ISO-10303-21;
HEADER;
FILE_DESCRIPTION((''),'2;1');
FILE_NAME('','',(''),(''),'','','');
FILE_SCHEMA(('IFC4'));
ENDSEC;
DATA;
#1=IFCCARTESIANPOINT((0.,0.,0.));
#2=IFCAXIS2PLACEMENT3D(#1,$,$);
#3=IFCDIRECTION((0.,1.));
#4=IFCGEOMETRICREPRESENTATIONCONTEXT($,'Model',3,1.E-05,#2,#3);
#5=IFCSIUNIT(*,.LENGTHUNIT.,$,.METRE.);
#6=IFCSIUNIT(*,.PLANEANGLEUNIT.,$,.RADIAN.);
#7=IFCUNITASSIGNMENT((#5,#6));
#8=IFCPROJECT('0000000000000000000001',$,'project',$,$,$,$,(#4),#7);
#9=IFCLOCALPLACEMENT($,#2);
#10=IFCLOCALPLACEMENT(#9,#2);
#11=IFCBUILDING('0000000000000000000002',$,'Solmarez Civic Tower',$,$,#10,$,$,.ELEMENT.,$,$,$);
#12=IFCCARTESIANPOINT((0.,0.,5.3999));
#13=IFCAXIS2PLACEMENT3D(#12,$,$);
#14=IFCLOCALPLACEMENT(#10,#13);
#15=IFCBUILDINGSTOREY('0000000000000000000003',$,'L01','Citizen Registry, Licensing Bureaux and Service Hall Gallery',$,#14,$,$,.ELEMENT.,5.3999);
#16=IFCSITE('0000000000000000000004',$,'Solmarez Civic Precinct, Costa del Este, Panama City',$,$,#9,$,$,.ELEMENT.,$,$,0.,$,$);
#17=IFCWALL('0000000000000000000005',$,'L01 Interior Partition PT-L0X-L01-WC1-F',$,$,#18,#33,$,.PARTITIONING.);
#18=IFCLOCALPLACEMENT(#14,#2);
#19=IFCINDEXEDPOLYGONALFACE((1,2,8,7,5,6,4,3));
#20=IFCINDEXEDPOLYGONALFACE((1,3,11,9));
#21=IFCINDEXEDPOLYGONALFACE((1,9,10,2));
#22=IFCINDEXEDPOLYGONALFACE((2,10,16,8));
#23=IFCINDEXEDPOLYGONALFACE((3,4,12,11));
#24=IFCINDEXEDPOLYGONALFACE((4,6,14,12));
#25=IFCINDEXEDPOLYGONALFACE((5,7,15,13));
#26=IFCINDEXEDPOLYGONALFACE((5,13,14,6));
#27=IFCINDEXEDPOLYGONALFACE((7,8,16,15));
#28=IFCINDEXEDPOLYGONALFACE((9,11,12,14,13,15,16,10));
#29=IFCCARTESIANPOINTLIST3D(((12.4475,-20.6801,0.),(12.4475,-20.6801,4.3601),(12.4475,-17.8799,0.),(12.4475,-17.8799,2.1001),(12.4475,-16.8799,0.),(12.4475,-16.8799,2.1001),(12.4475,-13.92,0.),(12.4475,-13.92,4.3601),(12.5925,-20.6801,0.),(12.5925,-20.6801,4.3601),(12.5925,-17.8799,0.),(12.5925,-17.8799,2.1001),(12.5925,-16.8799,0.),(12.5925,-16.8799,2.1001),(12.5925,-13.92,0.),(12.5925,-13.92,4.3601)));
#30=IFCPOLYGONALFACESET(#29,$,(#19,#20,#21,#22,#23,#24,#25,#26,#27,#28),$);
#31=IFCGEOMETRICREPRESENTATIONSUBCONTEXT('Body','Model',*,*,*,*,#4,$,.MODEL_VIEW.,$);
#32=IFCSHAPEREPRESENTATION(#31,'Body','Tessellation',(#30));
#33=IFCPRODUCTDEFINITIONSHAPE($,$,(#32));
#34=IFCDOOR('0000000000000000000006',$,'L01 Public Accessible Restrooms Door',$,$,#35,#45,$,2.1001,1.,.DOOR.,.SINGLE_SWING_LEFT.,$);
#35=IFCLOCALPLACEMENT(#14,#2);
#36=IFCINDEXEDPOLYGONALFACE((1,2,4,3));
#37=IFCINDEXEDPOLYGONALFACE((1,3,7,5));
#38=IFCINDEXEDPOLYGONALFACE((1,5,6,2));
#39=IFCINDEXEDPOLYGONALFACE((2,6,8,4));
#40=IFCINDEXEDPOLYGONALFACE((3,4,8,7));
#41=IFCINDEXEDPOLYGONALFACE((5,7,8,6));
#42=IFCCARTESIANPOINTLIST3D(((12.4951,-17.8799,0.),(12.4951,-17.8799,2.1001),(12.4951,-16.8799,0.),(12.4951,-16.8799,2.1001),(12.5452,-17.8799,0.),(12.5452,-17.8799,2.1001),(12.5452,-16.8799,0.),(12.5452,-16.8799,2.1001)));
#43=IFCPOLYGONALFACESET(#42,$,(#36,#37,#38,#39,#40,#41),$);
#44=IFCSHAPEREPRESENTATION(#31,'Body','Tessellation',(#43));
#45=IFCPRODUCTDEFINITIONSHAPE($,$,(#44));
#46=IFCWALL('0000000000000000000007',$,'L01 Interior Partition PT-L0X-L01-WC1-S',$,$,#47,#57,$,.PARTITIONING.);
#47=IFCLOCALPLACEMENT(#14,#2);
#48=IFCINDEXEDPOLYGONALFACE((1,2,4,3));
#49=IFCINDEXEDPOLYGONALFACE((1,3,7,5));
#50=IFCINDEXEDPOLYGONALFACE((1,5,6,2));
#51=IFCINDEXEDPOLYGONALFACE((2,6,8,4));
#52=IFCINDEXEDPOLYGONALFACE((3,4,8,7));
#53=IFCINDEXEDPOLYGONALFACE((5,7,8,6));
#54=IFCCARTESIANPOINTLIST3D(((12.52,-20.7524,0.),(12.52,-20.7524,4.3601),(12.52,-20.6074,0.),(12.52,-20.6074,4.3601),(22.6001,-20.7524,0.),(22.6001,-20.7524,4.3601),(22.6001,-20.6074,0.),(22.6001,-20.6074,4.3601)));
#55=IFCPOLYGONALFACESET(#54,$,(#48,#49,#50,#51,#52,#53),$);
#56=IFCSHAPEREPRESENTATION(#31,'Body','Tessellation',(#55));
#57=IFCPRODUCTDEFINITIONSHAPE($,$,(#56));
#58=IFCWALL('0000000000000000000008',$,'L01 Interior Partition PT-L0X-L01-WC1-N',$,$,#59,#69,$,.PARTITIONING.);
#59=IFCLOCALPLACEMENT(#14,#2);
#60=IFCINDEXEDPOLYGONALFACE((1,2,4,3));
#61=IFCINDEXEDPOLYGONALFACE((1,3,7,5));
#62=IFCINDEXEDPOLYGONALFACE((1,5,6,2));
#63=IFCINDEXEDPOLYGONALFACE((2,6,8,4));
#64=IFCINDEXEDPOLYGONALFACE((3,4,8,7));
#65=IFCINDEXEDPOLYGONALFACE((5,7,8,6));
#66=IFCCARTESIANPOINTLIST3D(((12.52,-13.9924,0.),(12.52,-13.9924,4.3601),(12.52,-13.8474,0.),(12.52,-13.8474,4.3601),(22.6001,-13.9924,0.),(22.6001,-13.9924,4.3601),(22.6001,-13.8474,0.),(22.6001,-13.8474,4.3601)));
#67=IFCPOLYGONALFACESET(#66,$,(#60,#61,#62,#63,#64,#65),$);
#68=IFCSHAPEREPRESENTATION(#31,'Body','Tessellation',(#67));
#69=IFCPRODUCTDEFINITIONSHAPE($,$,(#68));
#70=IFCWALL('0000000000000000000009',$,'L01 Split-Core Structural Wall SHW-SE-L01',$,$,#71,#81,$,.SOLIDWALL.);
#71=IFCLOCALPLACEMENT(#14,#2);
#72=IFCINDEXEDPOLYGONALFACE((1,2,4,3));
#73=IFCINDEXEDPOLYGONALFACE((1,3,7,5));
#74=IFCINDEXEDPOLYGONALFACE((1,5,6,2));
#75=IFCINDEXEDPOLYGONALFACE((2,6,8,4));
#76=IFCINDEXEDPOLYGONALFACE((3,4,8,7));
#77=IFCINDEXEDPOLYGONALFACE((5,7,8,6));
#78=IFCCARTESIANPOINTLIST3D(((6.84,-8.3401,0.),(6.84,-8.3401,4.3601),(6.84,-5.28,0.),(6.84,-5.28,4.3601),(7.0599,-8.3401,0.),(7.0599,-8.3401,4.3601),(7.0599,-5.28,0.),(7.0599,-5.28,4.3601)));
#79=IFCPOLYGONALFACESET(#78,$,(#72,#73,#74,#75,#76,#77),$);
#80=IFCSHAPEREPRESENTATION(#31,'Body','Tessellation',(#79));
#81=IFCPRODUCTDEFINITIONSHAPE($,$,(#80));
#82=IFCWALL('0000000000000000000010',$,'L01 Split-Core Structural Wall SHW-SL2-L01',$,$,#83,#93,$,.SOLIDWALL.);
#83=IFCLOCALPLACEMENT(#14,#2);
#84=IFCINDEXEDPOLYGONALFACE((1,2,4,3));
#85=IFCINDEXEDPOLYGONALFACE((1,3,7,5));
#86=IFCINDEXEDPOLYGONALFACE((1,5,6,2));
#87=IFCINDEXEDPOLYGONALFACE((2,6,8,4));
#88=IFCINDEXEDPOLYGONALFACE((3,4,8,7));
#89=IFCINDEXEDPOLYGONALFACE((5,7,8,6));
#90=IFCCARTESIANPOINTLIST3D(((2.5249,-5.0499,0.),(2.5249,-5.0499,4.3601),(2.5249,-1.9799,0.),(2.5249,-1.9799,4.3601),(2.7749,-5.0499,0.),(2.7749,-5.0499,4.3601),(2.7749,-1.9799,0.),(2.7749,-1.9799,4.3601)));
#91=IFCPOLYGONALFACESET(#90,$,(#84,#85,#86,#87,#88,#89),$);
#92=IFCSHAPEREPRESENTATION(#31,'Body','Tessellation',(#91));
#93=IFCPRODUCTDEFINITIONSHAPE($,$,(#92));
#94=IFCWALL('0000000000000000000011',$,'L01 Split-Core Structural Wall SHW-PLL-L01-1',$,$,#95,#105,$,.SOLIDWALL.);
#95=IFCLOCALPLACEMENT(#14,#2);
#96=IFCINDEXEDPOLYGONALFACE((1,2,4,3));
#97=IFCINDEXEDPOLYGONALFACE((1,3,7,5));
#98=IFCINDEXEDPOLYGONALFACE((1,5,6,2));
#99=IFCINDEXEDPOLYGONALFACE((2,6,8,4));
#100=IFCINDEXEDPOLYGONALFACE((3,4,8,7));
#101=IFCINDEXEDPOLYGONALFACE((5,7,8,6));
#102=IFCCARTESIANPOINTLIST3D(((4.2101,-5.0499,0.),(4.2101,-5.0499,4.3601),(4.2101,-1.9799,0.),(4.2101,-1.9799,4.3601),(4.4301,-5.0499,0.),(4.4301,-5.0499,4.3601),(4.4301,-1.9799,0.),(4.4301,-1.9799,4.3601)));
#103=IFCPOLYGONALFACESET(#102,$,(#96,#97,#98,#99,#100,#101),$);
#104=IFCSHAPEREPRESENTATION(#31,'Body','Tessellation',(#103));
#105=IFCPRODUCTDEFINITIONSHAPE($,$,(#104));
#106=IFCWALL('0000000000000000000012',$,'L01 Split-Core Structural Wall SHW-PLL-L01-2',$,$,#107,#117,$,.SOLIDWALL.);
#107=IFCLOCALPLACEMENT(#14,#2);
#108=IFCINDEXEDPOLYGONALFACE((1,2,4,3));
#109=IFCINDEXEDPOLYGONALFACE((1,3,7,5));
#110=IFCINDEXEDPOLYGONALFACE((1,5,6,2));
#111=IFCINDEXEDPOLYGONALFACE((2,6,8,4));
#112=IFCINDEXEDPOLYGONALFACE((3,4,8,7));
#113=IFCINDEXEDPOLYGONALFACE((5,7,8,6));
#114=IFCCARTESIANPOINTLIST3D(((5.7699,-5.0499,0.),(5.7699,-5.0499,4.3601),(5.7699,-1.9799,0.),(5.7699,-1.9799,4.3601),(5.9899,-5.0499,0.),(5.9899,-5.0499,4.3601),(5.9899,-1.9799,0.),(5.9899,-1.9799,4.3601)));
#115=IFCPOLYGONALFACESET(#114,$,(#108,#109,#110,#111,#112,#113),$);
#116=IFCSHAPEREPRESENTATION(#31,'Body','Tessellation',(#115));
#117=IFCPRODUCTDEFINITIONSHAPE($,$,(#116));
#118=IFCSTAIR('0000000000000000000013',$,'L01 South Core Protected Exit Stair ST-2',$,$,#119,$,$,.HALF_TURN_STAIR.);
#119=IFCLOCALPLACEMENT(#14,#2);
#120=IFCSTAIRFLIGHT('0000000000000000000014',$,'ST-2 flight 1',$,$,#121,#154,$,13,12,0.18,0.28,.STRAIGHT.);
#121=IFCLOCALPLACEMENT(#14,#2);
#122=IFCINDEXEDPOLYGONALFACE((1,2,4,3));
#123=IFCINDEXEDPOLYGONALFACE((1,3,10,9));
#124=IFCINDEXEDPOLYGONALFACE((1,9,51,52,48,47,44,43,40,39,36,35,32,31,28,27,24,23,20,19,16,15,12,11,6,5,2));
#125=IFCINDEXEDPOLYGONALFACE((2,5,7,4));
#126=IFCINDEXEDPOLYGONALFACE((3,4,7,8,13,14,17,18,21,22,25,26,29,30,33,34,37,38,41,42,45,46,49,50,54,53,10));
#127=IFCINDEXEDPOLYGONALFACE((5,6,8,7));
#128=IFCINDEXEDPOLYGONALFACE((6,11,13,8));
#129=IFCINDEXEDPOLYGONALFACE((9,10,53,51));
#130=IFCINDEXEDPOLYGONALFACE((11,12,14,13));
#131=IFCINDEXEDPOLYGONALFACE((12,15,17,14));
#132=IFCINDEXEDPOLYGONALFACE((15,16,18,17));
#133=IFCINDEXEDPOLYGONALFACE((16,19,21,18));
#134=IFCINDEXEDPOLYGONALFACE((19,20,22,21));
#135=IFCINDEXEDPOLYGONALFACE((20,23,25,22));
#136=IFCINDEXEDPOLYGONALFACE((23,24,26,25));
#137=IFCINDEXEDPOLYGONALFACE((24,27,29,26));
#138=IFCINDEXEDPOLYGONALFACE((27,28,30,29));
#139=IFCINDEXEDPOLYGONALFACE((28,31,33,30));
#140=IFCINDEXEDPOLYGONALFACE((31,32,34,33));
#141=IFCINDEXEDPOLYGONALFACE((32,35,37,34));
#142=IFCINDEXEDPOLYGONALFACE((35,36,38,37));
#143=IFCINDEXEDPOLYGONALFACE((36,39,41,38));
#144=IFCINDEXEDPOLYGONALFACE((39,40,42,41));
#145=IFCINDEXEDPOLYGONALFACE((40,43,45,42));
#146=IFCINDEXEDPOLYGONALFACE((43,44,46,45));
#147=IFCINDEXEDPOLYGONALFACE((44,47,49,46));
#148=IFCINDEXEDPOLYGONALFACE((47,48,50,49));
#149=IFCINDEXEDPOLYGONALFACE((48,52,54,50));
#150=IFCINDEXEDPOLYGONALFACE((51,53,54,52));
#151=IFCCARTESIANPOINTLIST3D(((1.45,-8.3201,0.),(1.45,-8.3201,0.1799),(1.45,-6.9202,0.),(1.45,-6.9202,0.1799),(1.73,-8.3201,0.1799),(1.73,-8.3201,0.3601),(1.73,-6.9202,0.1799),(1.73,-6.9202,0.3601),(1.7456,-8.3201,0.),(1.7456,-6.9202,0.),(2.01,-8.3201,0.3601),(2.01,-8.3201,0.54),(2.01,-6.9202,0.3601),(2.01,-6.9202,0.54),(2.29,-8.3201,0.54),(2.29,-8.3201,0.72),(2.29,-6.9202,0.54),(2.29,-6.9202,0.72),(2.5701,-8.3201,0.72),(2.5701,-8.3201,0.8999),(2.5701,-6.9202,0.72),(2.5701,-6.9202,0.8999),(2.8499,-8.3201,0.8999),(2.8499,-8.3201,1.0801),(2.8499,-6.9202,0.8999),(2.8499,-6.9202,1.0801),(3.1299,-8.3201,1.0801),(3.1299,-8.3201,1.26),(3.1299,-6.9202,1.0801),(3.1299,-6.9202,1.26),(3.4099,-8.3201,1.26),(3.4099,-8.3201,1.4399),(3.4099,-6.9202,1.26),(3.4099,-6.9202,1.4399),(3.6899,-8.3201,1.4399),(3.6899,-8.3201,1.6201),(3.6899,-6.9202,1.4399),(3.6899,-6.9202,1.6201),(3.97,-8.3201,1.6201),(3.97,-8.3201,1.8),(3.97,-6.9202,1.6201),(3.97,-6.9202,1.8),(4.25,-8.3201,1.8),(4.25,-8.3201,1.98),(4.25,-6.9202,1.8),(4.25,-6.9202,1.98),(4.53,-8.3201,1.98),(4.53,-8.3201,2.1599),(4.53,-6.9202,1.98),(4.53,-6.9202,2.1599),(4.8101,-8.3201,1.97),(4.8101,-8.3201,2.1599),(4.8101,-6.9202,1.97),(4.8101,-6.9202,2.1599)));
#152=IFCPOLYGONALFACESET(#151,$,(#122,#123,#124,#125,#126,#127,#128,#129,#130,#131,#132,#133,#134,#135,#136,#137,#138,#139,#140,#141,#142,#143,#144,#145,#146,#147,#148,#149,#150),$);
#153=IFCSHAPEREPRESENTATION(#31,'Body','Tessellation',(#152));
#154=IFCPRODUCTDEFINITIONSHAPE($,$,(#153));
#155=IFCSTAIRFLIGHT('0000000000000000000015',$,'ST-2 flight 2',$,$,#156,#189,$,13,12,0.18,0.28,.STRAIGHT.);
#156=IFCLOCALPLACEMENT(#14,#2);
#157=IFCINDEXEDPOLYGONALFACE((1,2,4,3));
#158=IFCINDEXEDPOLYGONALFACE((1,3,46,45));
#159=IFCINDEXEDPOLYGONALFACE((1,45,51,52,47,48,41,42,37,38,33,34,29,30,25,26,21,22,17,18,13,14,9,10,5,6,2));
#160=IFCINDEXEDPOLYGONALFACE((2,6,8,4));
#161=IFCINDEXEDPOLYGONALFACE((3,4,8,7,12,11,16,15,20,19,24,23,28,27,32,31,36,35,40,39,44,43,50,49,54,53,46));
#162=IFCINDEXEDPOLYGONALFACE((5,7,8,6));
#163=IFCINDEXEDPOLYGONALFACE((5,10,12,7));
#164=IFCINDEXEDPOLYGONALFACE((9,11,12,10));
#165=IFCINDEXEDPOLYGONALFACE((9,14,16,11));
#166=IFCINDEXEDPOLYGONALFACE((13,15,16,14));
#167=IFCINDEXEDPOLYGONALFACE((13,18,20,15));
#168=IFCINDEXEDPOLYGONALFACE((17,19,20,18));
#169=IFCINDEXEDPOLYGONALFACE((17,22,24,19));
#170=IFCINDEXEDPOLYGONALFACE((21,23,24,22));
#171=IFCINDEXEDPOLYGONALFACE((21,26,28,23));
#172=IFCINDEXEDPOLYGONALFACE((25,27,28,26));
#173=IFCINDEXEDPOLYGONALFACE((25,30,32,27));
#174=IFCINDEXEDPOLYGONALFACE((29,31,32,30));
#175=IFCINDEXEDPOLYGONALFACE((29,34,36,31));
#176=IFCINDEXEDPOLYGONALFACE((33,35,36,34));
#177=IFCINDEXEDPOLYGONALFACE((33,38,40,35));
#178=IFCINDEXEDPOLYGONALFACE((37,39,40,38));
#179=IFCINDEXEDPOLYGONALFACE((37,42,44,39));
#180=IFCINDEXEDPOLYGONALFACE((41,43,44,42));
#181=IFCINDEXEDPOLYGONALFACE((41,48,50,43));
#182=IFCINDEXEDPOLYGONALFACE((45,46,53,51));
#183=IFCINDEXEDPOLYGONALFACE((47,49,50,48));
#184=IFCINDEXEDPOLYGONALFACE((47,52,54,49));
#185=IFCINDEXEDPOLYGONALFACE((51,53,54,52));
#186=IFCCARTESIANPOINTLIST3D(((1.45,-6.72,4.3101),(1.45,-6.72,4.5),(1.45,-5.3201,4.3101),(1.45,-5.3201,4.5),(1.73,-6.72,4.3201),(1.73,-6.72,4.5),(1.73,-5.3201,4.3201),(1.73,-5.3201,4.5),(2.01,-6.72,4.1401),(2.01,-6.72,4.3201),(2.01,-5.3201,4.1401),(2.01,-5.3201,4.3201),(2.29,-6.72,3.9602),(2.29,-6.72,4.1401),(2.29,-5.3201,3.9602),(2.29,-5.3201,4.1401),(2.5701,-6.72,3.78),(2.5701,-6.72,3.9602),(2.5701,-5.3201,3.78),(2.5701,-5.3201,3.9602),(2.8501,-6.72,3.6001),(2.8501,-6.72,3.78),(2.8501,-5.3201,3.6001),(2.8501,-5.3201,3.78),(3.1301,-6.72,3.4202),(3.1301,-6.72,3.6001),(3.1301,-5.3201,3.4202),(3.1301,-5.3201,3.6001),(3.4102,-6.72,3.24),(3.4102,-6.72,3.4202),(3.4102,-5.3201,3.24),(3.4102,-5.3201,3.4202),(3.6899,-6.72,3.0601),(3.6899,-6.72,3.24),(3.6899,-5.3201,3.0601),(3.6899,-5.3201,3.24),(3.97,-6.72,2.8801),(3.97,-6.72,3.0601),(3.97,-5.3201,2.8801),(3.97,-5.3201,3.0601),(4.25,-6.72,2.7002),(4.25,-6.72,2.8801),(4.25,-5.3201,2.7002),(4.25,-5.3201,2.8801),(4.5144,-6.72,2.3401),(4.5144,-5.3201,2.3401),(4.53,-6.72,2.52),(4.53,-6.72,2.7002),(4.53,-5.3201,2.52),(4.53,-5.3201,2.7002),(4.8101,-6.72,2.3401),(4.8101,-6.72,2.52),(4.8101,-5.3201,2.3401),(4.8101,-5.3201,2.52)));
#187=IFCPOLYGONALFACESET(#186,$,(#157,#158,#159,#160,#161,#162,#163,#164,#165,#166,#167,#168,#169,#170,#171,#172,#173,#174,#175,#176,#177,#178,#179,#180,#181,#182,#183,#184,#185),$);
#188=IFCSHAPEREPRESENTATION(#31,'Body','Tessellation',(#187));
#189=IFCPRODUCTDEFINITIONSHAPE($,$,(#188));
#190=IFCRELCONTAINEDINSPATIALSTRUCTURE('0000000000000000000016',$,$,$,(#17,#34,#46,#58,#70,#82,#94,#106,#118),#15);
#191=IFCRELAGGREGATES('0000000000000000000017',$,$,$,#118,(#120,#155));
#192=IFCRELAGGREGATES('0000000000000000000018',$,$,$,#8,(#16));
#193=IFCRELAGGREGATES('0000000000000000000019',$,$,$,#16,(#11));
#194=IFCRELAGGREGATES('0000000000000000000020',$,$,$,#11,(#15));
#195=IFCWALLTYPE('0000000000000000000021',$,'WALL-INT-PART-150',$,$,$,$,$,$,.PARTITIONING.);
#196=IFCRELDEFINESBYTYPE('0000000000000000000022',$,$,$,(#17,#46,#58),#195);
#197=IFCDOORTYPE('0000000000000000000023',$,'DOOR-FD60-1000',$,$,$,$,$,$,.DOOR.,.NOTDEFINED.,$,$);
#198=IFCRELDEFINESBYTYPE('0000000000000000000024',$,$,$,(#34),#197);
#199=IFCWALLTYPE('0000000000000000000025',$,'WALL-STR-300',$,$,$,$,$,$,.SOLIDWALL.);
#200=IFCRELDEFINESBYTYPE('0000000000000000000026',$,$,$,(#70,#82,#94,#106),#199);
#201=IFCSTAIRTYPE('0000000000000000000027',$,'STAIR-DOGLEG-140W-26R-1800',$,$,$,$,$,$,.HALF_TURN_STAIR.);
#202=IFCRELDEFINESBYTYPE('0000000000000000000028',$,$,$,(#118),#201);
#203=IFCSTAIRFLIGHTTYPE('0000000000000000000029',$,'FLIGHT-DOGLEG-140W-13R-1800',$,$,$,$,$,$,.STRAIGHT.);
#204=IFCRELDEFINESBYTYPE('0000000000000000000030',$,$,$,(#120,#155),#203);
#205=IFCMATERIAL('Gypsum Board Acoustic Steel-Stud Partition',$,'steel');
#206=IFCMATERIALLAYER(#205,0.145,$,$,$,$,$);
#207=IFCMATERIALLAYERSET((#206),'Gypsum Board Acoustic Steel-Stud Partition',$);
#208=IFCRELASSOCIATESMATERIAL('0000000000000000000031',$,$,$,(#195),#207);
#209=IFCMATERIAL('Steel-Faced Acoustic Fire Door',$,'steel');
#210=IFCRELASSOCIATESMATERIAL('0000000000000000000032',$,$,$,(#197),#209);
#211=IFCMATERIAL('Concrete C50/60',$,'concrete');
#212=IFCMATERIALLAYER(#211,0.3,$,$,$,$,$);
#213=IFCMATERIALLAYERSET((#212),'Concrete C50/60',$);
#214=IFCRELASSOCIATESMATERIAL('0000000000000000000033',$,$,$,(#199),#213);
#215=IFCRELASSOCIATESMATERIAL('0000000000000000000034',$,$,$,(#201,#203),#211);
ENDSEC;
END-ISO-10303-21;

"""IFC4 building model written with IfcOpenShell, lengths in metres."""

from ifc_helpers import new_model, si_unit, direction, frame, frame_2d, origin, place, context, subcontext, project, spatial, polyline, rectangle, outline, extrude, material, layer, layer_set, type_object, element, fill, aggregate, save


model = new_model("IFC4")

# Units and contexts
model_context = context("Model", 3, precision=1e-05, world=origin(), true_north=direction((0.0, 1.0)))
body_context = subcontext(model_context, "Body", "Model", "MODEL_VIEW")
ifc_project = project(units=[si_unit("LENGTHUNIT", "METRE"), si_unit("PLANEANGLEUNIT", "RADIAN")], contexts=[model_context])

# Site, building, storey
site_placement = place(None, origin())
site = spatial("IfcSite", under=ifc_project, at=site_placement, Name="Solmarez Civic Precinct, Costa del Este, Panama City", CompositionType="ELEMENT", RefElevation=0.0)
building_placement = place(site_placement, origin())
building = spatial("IfcBuilding", under=site, at=building_placement, Name="Solmarez Civic Tower", CompositionType="ELEMENT")
storey_placement = place(building_placement, frame((0.0, 0.0, 5.3999)))
storey = spatial("IfcBuildingStorey", under=building, at=storey_placement, Name="L01", Description="Citizen Registry, Licensing Bureaux and Service Hall Gallery", CompositionType="ELEMENT", Elevation=5.3999)

# Shared definitions
ifc_material_1 = material(Name="Concrete C50/60", Category="concrete")

# Shared definitions
ifc_material_2 = material(Name="Gypsum Board Acoustic Steel-Stud Partition", Category="steel")

# Shared definitions
ifc_layer_1 = layer(ifc_material_2, 0.145)
ifc_layer_set_1 = layer_set([ifc_layer_1], Name="Gypsum Board Acoustic Steel-Stud Partition")
wall_type_1 = type_object("IfcWallType", Name="WALL-INT-PART-150", PredefinedType="PARTITIONING", material=ifc_layer_set_1)
ifc_material_3 = material(Name="Steel-Faced Acoustic Fire Door", Category="steel")
door_type = type_object("IfcDoorType", Name="DOOR-FD60-1000", OperationType="NOTDEFINED", PredefinedType="DOOR", material=ifc_material_3)

# Wall, opening, door
wall_1_placement = place(storey_placement, frame((12.52, -20.6799, 0.0), z_axis=(0.0, 0.0, 1.0), x_axis=(0.0, 1.0, 0.0)))
wall_1 = element("IfcWall", 1, at=wall_1_placement, inside=storey, type_object=wall_type_1, Name="L01 Interior Partition PT-L0X-L01-WC1-F", PredefinedType="PARTITIONING", context=body_context, shape_type="SweptSolid", body=[
    extrude(rectangle(XDim=6.76, YDim=0.145, at=frame_2d((3.3799, 0.0))), origin(), (0.0, 0.0, 1.0), 4.3601),
])
opening_1_placement = place(wall_1_placement, frame((2.8, 0.0, 0.0)))
opening_1 = element("IfcOpeningElement", 2, at=opening_1_placement, cuts=wall_1, PredefinedType="OPENING", context=body_context, shape_type="SweptSolid", body=[
    extrude(rectangle(XDim=1.0, YDim=2.1001, at=frame_2d((0.5, 1.05))), frame((0.0, 0.0825, 0.0), z_axis=(0.0, -1.0, 0.0), x_axis=(1.0, 0.0, 0.0)), (0.0, 0.0, 1.0), 0.165),
])
door_1_placement = place(opening_1_placement, origin())
door_1 = element("IfcDoor", 3, at=door_1_placement, inside=storey, type_object=door_type, Name="L01 Public Accessible Restrooms Door", OperationType="SINGLE_SWING_LEFT", OverallHeight=2.1001, OverallWidth=1.0, PredefinedType="DOOR", context=body_context, shape_type="SweptSolid", body=[
    extrude(rectangle(XDim=1.0, YDim=2.1001, at=frame_2d((0.5, 1.05))), frame((0.0, 0.0249, 0.0), z_axis=(0.0, -1.0, 0.0), x_axis=(1.0, 0.0, 0.0)), (0.0, 0.0, 1.0), 0.05),
])
fill(opening_1, door_1)

# Walls
for number, where, z_axis, x_axis, name in (
    (4, (12.52, -20.6799, 0.0), (0.0, 0.0, 1.0), (1.0, 0.0, 0.0), "L01 Interior Partition PT-L0X-L01-WC1-S"),
    (5, (12.52, -13.9199, 0.0), (0.0, 0.0, 1.0), (1.0, 0.0, 0.0), "L01 Interior Partition PT-L0X-L01-WC1-N"),
):
    element("IfcWall", number, at=place(storey_placement, frame(where, z_axis=z_axis, x_axis=x_axis)), inside=storey, type_object=wall_type_1, Name=name, PredefinedType="PARTITIONING", context=body_context, shape_type="SweptSolid", body=[
        extrude(rectangle(XDim=10.0801, YDim=0.145, at=frame_2d((5.04, 0.0))), origin(), (0.0, 0.0, 1.0), 4.3601),
    ])
ifc_layer_2 = layer(ifc_material_1, 0.3)
ifc_layer_set_2 = layer_set([ifc_layer_2], Name="Concrete C50/60")
wall_type_2 = type_object("IfcWallType", Name="WALL-STR-300", PredefinedType="SOLIDWALL", material=ifc_layer_set_2)
wall_2_placement = place(storey_placement, frame((6.95, -8.3401, 0.0), z_axis=(0.0, 0.0, 1.0), x_axis=(0.0, 1.0, 0.0)))
element("IfcWall", 6, at=wall_2_placement, inside=storey, type_object=wall_type_2, Name="L01 Split-Core Structural Wall SHW-SE-L01", PredefinedType="SOLIDWALL", context=body_context, shape_type="SweptSolid", body=[
    extrude(rectangle(XDim=3.0601, YDim=0.22, at=frame_2d((1.53, 0.0))), origin(), (0.0, 0.0, 1.0), 4.3601),
])
wall_3_placement = place(storey_placement, frame((2.6499, -5.05, 0.0), z_axis=(0.0, 0.0, 1.0), x_axis=(0.0, 1.0, 0.0)))
element("IfcWall", 7, at=wall_3_placement, inside=storey, type_object=wall_type_2, Name="L01 Split-Core Structural Wall SHW-SL2-L01", PredefinedType="SOLIDWALL", context=body_context, shape_type="SweptSolid", body=[
    extrude(rectangle(XDim=3.0701, YDim=0.25, at=frame_2d((1.5352, 0.0))), origin(), (0.0, 0.0, 1.0), 4.3601),
])
for number, where, z_axis, x_axis, name in (
    (8, (4.3201, -5.05, 0.0), (0.0, 0.0, 1.0), (0.0, 1.0, 0.0), "L01 Split-Core Structural Wall SHW-PLL-L01-1"),
    (9, (5.8799, -5.05, 0.0), (0.0, 0.0, 1.0), (0.0, 1.0, 0.0), "L01 Split-Core Structural Wall SHW-PLL-L01-2"),
):
    element("IfcWall", number, at=place(storey_placement, frame(where, z_axis=z_axis, x_axis=x_axis)), inside=storey, type_object=wall_type_2, Name=name, PredefinedType="SOLIDWALL", context=body_context, shape_type="SweptSolid", body=[
        extrude(rectangle(XDim=3.0701, YDim=0.22, at=frame_2d((1.5352, 0.0))), origin(), (0.0, 0.0, 1.0), 4.3601),
    ])

# Stair, stair flights
stair_type = type_object("IfcStairType", Name="STAIR-DOGLEG-140W-26R-1800", PredefinedType="HALF_TURN_STAIR", material=ifc_material_1)
stair_placement = place(storey_placement, origin())
stair = element("IfcStair", 10, at=stair_placement, inside=storey, type_object=stair_type, Name="L01 South Core Protected Exit Stair ST-2", PredefinedType="HALF_TURN_STAIR")
stair_flight_type = type_object("IfcStairFlightType", Name="FLIGHT-DOGLEG-140W-13R-1800", PredefinedType="STRAIGHT", material=ifc_material_1)
stair_flight_1_placement = place(storey_placement, frame((1.45, -7.6201, 0.0), z_axis=(0.0, 0.0, 1.0), x_axis=(1.0, 0.0, 0.0)))
stair_flight_1 = element("IfcStairFlight", 11, at=stair_flight_1_placement, type_object=stair_flight_type, Name="ST-2 flight 1", NumberOfRisers=13, NumberOfTreads=12, PredefinedType="STRAIGHT", RiserHeight=0.18, TreadLength=0.28, context=body_context, shape_type="SweptSolid", body=[
    extrude(outline(polyline([(0.0, 0.0), (0.0, 0.1799), (0.28, 0.1799), (0.28, 0.3601), (0.5601, 0.3601), (0.5601, 0.54), (0.8401, 0.54), (0.8401, 0.72), (1.1201, 0.72), (1.1201, 0.8999), (1.3999, 0.8999), (1.3999, 1.0801), (1.6799, 1.0801), (1.6799, 1.26), (1.96, 1.26), (1.96, 1.4399), (2.24, 1.4399), (2.24, 1.6201), (2.52, 1.6201), (2.52, 1.8), (2.8, 1.8), (2.8, 1.98), (3.0801, 1.98), (3.0801, 2.1599), (3.3601, 2.1599), (3.3601, 2.3401), (3.3601, 1.97), (0.2957, 0.0), (0.0, 0.0)])), frame((0.0, 0.7, 0.0), z_axis=(0.0, -1.0, 0.0), x_axis=(1.0, 0.0, 0.0)), (0.0, 0.0, 1.0), 1.3999),
])
stair_flight_2_placement = place(storey_placement, frame((4.8101, -6.02, 2.3401), z_axis=(0.0, 0.0, 1.0), x_axis=(-1.0, 0.0, 0.0)))
stair_flight_2 = element("IfcStairFlight", 12, at=stair_flight_2_placement, type_object=stair_flight_type, Name="ST-2 flight 2", NumberOfRisers=13, NumberOfTreads=12, PredefinedType="STRAIGHT", RiserHeight=0.18, TreadLength=0.28, context=body_context, shape_type="SweptSolid", body=[
    extrude(outline(polyline([(0.0, 0.0), (0.0, 0.1799), (0.28, 0.1799), (0.28, 0.3601), (0.5601, 0.3601), (0.5601, 0.54), (0.8401, 0.54), (0.8401, 0.72), (1.1201, 0.72), (1.1201, 0.8999), (1.3999, 0.8999), (1.3999, 1.0801), (1.6799, 1.0801), (1.6799, 1.26), (1.96, 1.26), (1.96, 1.4399), (2.24, 1.4399), (2.24, 1.6201), (2.52, 1.6201), (2.52, 1.8), (2.8, 1.8), (2.8, 1.98), (3.0801, 1.98), (3.0801, 2.1599), (3.3601, 2.1599), (3.3601, 2.3401), (3.3601, 1.97), (0.2957, 0.0), (0.0, 0.0)])), frame((0.0, 0.7, 0.0), z_axis=(0.0, -1.0, 0.0), x_axis=(1.0, 0.0, 0.0)), (0.0, 0.0, 1.0), 1.3999),
])
aggregate(stair, [stair_flight_1, stair_flight_2])

save(model, "model.ifc")
